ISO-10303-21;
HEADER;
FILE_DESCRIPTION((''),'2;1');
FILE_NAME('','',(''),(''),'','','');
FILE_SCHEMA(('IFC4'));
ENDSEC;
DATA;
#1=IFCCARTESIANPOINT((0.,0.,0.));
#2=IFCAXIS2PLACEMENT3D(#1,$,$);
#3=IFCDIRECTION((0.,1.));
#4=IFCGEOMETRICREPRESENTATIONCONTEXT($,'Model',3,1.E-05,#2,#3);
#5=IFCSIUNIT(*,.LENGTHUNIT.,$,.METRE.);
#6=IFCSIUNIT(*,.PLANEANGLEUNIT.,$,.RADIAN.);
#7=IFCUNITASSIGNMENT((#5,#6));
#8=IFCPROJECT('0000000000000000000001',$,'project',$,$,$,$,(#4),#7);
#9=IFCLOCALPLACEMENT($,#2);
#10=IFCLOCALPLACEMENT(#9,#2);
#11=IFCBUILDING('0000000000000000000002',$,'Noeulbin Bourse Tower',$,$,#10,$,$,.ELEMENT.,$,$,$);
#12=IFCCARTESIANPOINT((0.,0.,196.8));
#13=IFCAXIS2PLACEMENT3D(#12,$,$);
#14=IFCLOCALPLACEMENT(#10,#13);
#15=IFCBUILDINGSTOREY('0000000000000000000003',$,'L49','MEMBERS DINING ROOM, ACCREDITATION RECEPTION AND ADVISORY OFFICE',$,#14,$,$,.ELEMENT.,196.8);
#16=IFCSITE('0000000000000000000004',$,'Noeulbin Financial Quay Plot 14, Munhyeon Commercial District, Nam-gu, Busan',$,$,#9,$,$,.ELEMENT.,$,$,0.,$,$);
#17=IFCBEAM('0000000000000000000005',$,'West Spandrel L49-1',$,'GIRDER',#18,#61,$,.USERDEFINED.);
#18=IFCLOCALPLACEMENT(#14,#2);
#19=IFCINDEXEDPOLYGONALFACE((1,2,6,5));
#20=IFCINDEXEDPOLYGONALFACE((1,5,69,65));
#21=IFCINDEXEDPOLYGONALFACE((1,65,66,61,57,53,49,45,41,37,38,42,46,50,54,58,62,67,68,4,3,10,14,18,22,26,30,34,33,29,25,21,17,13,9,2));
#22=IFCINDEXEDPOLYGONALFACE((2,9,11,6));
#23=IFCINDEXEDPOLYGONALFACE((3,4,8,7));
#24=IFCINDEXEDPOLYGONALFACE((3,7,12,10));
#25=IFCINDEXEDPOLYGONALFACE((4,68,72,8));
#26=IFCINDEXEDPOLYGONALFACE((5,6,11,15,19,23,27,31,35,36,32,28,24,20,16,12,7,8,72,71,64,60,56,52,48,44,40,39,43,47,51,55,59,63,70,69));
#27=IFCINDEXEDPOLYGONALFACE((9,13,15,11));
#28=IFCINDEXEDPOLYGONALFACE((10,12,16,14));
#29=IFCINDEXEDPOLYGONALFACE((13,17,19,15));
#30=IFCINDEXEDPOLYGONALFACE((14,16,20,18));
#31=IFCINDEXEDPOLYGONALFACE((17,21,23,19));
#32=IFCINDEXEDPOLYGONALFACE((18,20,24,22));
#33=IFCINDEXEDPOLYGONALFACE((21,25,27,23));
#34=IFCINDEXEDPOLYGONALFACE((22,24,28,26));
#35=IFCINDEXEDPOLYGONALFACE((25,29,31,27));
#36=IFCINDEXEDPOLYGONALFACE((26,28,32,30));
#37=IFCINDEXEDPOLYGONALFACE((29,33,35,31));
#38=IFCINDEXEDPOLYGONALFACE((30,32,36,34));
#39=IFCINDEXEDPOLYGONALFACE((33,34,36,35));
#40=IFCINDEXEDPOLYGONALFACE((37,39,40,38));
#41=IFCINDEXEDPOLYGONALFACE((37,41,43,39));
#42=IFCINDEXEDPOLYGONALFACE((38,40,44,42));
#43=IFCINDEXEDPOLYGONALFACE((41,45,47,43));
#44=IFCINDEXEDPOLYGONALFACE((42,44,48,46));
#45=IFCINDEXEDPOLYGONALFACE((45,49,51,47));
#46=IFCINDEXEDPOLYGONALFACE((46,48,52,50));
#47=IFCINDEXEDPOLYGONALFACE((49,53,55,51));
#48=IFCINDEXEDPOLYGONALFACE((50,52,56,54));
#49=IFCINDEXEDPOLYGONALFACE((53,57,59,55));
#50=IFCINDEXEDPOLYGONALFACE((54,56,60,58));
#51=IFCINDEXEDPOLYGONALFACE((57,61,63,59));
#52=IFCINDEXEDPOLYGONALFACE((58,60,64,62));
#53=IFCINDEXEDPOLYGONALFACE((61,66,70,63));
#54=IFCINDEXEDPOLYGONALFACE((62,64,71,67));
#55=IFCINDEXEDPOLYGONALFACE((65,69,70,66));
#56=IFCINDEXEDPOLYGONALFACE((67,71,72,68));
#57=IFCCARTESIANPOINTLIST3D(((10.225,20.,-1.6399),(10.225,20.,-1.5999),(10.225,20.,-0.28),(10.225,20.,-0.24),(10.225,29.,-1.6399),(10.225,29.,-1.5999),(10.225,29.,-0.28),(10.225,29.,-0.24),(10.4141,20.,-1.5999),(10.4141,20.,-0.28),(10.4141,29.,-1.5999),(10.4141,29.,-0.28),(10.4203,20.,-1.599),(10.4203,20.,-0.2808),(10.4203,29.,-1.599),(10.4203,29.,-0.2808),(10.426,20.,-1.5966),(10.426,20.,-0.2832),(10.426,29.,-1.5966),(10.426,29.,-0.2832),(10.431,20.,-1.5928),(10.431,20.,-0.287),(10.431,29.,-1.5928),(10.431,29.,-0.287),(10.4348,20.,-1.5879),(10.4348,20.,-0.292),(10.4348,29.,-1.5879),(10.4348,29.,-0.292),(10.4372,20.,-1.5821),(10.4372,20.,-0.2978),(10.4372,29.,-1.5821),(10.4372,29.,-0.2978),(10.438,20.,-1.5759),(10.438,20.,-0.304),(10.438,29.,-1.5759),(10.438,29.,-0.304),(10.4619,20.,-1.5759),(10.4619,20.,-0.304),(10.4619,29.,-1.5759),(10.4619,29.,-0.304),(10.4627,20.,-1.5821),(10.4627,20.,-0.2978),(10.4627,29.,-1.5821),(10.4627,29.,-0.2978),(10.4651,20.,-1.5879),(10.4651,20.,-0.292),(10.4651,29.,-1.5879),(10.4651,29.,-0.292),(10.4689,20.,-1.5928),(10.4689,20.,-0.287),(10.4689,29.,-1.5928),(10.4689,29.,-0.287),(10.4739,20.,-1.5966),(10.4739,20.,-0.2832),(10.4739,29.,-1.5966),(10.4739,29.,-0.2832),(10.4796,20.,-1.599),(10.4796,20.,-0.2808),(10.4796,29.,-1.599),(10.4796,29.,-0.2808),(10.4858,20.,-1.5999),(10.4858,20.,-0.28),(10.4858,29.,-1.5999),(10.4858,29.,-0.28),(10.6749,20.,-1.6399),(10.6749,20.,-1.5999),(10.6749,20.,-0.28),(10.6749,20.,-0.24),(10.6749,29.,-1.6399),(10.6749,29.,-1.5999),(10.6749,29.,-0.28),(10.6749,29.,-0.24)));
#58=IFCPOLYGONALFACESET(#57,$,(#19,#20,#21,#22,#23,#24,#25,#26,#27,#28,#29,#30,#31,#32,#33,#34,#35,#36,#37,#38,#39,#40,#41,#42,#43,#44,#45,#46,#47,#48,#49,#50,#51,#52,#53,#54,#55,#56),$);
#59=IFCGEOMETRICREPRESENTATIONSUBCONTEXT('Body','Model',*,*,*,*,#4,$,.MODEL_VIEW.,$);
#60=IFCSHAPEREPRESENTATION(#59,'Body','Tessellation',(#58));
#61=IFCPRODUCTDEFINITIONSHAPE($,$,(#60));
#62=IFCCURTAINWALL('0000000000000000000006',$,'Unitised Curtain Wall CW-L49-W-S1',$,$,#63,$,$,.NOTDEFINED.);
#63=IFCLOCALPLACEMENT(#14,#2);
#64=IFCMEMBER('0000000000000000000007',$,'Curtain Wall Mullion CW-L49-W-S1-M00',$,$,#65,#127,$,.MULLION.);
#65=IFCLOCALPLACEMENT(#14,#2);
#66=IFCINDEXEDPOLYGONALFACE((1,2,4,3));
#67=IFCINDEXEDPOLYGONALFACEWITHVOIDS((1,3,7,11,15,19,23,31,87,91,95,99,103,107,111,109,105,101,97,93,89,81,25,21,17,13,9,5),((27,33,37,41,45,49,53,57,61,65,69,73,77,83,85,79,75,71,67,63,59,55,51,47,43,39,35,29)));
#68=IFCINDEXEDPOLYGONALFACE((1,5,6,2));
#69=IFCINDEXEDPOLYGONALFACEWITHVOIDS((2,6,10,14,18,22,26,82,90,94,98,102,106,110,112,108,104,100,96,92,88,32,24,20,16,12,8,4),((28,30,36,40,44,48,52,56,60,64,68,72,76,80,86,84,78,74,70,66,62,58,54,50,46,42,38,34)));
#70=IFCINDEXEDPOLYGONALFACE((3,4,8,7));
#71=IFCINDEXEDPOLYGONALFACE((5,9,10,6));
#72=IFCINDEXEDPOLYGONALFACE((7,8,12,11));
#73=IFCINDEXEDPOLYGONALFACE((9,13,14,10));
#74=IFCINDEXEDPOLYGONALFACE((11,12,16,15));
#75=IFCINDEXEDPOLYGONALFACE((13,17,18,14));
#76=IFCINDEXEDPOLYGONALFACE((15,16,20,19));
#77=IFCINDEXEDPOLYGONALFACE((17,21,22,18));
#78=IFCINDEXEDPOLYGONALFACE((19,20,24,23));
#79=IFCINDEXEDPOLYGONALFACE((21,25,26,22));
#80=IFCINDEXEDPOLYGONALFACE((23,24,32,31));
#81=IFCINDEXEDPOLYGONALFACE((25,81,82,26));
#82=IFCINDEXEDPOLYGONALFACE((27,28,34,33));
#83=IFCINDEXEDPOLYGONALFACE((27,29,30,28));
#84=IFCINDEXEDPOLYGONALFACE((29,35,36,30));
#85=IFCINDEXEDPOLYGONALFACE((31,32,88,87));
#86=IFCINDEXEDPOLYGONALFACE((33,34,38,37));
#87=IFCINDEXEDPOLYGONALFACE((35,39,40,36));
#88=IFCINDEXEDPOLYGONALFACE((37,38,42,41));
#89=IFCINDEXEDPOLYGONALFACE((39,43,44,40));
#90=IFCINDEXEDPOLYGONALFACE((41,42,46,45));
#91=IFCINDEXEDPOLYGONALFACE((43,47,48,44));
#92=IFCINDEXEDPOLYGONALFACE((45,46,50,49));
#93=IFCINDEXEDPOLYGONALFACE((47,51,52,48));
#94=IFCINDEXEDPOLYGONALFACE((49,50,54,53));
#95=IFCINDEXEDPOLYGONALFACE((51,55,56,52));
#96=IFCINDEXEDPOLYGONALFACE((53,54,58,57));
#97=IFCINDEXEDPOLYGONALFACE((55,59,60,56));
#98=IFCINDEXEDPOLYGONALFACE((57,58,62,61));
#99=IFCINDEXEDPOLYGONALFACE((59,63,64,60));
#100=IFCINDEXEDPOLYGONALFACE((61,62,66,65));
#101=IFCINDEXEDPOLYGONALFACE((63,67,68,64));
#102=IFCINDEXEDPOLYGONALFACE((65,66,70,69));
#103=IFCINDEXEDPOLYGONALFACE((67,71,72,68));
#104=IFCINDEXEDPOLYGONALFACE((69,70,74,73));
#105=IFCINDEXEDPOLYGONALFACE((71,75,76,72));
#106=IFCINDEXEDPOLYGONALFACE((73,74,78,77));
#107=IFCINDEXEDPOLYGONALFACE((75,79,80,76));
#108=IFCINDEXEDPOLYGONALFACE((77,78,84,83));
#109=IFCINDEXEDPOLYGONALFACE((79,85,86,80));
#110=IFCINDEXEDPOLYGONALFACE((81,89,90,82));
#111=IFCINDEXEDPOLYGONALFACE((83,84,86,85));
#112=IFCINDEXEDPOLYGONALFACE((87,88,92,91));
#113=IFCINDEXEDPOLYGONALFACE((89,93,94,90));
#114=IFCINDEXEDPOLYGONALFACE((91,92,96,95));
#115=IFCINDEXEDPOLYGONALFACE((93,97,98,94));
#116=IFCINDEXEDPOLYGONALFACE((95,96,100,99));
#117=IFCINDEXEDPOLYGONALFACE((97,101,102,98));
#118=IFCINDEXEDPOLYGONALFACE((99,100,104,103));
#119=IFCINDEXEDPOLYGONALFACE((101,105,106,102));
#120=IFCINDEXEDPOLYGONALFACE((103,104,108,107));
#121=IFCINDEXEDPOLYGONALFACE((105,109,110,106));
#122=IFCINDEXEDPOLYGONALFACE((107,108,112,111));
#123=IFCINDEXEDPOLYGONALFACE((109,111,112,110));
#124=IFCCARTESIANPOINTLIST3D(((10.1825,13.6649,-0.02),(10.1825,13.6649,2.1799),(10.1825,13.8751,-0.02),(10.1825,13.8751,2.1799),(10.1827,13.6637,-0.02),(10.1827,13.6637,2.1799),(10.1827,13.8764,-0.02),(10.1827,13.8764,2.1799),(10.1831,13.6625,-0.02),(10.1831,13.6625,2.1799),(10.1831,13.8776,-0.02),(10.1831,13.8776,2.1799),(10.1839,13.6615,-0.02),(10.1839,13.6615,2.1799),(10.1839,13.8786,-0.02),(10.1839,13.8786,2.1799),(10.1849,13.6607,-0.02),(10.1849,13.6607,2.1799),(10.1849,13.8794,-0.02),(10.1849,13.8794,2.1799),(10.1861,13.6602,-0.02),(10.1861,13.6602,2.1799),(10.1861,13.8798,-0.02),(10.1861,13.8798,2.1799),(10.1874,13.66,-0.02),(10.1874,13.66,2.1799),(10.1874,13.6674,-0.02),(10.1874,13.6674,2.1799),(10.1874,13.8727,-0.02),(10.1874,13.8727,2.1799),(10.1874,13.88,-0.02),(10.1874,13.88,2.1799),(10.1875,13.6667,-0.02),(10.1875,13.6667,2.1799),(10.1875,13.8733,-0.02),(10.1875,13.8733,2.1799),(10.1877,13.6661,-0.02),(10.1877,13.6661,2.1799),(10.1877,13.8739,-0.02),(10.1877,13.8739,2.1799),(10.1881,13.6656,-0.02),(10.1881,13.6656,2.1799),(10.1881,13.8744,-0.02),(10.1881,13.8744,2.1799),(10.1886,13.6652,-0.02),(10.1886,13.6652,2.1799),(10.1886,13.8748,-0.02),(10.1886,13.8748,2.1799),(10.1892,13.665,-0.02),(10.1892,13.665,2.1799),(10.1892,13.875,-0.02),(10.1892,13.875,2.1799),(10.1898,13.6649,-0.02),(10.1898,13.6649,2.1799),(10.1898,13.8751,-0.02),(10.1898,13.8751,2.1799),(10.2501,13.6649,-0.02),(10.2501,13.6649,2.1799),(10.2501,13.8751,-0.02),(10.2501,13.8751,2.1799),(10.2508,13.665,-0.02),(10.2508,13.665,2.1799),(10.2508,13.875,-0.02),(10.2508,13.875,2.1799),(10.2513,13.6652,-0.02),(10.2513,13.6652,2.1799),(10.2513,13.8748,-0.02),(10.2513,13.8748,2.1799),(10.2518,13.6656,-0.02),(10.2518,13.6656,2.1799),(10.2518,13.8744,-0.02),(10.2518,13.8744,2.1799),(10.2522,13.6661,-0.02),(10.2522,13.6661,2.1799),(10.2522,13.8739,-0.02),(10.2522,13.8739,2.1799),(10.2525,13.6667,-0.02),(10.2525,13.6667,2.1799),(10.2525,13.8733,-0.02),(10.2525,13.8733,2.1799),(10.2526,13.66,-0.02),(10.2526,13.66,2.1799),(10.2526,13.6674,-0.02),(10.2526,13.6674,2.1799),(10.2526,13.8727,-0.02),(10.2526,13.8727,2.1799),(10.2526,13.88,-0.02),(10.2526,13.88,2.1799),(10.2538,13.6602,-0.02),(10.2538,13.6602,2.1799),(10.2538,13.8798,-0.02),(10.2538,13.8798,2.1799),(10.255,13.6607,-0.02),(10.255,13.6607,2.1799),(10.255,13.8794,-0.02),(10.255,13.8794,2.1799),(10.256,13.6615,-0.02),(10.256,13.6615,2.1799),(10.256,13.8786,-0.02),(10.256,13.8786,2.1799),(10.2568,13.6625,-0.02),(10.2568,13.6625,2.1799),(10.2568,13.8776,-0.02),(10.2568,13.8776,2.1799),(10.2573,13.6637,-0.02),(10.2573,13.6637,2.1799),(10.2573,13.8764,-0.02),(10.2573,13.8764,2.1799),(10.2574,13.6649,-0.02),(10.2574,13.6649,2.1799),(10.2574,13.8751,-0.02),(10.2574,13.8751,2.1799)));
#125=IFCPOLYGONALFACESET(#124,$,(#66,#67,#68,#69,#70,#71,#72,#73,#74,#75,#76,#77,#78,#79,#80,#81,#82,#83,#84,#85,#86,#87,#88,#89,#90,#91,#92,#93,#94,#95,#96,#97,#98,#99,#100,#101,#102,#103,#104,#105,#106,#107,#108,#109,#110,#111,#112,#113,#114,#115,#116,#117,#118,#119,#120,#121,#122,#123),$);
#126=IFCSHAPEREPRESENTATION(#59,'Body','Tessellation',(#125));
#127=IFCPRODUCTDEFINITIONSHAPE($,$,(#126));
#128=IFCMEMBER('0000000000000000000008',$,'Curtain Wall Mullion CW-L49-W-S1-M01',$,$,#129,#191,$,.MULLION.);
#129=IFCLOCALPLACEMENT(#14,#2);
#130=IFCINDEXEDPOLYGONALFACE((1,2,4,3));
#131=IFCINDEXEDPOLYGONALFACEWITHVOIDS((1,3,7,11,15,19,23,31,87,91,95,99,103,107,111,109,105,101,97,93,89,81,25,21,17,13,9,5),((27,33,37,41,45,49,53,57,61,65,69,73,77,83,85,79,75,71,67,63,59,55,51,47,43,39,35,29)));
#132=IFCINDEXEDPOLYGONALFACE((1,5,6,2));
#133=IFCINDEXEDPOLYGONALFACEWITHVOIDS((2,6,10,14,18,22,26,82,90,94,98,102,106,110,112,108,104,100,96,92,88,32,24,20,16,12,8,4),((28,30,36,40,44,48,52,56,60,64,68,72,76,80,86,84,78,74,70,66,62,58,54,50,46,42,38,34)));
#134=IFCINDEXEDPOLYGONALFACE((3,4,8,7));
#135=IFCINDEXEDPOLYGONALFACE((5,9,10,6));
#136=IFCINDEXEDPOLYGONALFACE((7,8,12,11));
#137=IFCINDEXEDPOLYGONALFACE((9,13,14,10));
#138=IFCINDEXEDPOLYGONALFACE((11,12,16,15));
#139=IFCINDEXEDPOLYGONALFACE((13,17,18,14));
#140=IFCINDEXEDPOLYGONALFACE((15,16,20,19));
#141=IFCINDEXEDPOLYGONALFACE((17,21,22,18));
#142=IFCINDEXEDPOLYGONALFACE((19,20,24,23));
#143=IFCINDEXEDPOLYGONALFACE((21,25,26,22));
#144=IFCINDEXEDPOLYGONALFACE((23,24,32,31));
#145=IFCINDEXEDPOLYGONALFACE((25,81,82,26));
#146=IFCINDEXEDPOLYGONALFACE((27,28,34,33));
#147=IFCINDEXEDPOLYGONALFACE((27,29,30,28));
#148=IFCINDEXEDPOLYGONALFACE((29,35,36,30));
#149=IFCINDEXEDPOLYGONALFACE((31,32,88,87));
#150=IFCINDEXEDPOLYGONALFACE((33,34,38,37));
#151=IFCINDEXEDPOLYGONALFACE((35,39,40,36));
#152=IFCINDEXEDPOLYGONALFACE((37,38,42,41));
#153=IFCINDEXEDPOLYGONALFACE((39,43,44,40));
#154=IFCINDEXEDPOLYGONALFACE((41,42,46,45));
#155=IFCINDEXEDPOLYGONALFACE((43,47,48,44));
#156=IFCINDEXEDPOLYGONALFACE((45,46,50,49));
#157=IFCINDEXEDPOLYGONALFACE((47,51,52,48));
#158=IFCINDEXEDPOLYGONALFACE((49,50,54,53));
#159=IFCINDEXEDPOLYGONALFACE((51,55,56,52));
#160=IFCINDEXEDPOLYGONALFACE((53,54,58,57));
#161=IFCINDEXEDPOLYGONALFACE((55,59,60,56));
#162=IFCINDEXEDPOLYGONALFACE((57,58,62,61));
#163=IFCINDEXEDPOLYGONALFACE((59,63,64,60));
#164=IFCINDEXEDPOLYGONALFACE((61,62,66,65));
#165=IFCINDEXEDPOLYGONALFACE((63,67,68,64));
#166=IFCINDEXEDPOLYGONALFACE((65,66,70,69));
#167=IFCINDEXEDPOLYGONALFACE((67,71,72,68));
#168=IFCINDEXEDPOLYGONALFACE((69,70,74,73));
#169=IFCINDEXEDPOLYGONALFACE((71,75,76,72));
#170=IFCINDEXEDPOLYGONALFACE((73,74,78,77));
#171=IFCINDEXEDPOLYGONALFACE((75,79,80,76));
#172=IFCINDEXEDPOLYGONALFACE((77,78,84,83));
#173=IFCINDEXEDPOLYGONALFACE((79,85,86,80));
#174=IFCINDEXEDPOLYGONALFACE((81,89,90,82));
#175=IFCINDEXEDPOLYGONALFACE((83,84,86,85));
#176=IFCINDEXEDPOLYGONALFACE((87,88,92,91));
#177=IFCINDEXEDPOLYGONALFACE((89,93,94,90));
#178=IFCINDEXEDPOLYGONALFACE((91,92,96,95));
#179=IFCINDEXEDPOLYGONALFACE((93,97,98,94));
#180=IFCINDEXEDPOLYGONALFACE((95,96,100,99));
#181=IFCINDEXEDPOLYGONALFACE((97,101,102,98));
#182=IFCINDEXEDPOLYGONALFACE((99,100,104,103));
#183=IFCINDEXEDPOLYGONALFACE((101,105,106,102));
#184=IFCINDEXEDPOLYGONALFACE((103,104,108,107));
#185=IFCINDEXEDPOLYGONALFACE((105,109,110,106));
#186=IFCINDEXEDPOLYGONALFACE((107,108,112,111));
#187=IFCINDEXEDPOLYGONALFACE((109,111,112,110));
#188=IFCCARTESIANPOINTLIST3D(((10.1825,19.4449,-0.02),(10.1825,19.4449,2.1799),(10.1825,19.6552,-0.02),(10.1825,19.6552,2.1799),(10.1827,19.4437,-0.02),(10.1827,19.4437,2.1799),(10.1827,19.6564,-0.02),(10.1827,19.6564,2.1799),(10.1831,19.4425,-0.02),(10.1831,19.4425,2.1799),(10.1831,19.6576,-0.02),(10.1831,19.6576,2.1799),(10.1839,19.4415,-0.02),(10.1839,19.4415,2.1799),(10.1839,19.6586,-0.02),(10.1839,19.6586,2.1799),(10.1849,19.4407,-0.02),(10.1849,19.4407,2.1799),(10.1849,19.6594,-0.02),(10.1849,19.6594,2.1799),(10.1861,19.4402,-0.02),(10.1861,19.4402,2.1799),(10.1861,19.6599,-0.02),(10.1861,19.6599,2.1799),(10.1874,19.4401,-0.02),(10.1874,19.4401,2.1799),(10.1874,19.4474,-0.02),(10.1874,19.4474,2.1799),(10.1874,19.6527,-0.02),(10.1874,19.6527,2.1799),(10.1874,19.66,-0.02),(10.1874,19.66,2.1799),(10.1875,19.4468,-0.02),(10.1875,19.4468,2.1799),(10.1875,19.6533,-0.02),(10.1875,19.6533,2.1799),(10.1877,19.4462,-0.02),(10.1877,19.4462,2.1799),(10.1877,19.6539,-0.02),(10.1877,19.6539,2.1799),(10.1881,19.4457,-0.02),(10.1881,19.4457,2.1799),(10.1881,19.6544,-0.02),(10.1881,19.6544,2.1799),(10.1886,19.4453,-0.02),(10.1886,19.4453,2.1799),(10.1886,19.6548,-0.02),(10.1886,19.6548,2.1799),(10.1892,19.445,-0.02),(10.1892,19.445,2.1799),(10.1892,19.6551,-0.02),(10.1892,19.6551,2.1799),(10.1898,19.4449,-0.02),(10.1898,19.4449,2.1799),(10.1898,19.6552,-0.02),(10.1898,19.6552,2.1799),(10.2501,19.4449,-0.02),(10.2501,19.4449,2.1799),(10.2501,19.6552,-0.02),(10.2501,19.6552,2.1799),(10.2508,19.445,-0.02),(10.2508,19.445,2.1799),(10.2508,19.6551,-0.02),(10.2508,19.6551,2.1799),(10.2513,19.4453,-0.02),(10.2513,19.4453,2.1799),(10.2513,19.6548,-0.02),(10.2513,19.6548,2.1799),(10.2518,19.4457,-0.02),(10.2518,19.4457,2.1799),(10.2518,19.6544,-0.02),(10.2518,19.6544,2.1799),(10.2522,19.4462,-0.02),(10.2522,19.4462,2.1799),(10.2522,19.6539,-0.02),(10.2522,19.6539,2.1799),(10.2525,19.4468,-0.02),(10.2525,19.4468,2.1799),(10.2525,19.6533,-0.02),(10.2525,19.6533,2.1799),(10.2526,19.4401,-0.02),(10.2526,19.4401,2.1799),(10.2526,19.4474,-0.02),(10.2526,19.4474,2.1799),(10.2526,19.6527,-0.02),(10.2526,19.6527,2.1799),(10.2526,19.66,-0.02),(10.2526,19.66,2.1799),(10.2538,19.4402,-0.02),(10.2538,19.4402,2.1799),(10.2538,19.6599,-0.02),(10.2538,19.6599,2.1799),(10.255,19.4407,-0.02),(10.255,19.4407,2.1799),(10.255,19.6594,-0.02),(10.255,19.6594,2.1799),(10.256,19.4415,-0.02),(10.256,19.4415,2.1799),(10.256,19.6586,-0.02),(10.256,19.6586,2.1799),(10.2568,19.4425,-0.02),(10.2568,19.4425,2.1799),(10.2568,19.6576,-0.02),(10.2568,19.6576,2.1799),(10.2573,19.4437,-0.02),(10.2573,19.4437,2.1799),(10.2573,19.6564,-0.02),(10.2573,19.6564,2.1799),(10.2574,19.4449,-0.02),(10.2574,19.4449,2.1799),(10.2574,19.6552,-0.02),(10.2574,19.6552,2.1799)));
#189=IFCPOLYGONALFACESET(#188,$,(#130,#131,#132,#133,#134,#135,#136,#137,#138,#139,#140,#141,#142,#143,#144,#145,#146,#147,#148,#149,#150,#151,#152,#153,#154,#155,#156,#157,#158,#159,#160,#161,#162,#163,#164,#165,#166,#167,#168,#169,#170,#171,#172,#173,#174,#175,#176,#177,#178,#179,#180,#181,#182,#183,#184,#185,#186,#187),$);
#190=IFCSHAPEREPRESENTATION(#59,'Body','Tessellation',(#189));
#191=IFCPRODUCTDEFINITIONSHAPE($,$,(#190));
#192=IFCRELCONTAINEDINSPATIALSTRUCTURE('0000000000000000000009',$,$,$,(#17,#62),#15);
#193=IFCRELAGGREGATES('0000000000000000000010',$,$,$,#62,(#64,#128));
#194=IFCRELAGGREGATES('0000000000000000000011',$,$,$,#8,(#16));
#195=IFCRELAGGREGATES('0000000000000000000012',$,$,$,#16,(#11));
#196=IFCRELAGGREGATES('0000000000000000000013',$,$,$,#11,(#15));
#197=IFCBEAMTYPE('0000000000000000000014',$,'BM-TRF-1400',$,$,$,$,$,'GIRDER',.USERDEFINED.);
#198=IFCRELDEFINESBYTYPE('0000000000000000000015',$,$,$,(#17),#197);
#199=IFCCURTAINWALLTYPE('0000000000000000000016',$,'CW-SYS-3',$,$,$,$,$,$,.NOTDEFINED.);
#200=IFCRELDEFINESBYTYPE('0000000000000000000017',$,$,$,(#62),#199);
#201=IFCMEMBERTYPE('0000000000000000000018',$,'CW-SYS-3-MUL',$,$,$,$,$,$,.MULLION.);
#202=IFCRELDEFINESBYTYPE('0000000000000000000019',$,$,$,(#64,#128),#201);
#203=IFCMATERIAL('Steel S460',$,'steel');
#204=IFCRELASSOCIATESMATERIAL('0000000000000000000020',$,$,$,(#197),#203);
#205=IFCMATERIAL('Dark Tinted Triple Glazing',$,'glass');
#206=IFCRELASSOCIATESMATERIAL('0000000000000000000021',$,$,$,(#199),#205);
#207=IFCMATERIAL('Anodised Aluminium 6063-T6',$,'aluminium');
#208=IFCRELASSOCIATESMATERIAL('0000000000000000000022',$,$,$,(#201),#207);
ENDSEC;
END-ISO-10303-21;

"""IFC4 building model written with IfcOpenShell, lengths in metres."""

from ifc_helpers import new_model, si_unit, direction, frame, origin, origin_2d, place, context, subcontext, project, spatial, hollow_rectangle, i_section, extrude, material, material_profile, profile_set, type_object, element, aggregate, save


model = new_model("IFC4")

# Units and contexts
model_context = context("Model", 3, precision=1e-05, world=origin(), true_north=direction((0.0, 1.0)))
body_context = subcontext(model_context, "Body", "Model", "MODEL_VIEW")
ifc_project = project(units=[si_unit("LENGTHUNIT", "METRE"), si_unit("PLANEANGLEUNIT", "RADIAN")], contexts=[model_context])

# Site, building, storey
site_placement = place(None, origin())
site = spatial("IfcSite", under=ifc_project, at=site_placement, Name="Noeulbin Financial Quay Plot 14, Munhyeon Commercial District, Nam-gu, Busan", CompositionType="ELEMENT", RefElevation=0.0)
building_placement = place(site_placement, origin())
building = spatial("IfcBuilding", under=site, at=building_placement, Name="Noeulbin Bourse Tower", CompositionType="ELEMENT")
storey_placement = place(building_placement, frame((0.0, 0.0, 196.8)))
storey = spatial("IfcBuildingStorey", under=building, at=storey_placement, Name="L49", Description="MEMBERS DINING ROOM, ACCREDITATION RECEPTION AND ADVISORY OFFICE", CompositionType="ELEMENT", Elevation=196.8)

# Shared definitions
ifc_material_1 = material(Name="Steel S460", Category="steel")

# Beam
ifc_material_profile_1 = material_profile(ifc_material_1, i_section(OverallWidth=0.45, OverallDepth=1.3999, WebThickness=0.0239, FlangeThickness=0.04, FilletRadius=0.0239, at=origin_2d()), Name="PG-1400x450x24x40", Category="LoadBearing")
ifc_profile_set_1 = profile_set([ifc_material_profile_1], Name="Steel S460")
beam_type_1 = type_object("IfcBeamType", Name="BM-TRF-1400", ElementType="GIRDER", PredefinedType="USERDEFINED", material=ifc_profile_set_1)
for number, where, z_axis, x_axis, name in (
    (1, (10.45, 20.0, -0.9399), (0.0, 1.0, 0.0), (-1.0, 0.0, 0.0), "West Spandrel L49-1"),
):
    element("IfcBeam", number, at=place(storey_placement, frame(where, z_axis=z_axis, x_axis=x_axis)), inside=storey, type_object=beam_type_1, Name=name, ObjectType="GIRDER", PredefinedType="USERDEFINED", context=body_context, shape_type="SweptSolid", body=[
        extrude(i_section(OverallWidth=0.45, OverallDepth=1.3999, WebThickness=0.0239, FlangeThickness=0.04, FilletRadius=0.0239, at=origin_2d()), origin(), (0.0, 0.0, 1.0), 9.0),
    ])

# Curtain wall, members
ifc_material_2 = material(Name="Dark Tinted Triple Glazing", Category="glass")
curtain_wall_type = type_object("IfcCurtainWallType", Name="CW-SYS-3", PredefinedType="NOTDEFINED", material=ifc_material_2)
curtain_wall_placement = place(storey_placement, origin())
curtain_wall = element("IfcCurtainWall", 2, at=curtain_wall_placement, inside=storey, type_object=curtain_wall_type, Name="Unitised Curtain Wall CW-L49-W-S1", PredefinedType="NOTDEFINED")
ifc_material_3 = material(Name="Anodised Aluminium 6063-T6", Category="aluminium")
ifc_material_profile_2 = material_profile(ifc_material_3, hollow_rectangle(XDim=0.075, YDim=0.22, WallThickness=0.0049, InnerFilletRadius=0.0024, OuterFilletRadius=0.0049, at=origin_2d()), Name="ALU-MULL-75x220x5", Category="LoadBearing")
ifc_profile_set_2 = profile_set([ifc_material_profile_2], Name="Anodised Aluminium 6063-T6")
member_type_1 = type_object("IfcMemberType", Name="CW-SYS-3-MUL", PredefinedType="MULLION", material=ifc_profile_set_2)
member_1_placement = place(storey_placement, frame((10.22, 13.77, -0.02), z_axis=(0.0, 0.0, 1.0), x_axis=(1.0, 0.0, 0.0)))
member_1 = element("IfcMember", 3, at=member_1_placement, type_object=member_type_1, Name="Curtain Wall Mullion CW-L49-W-S1-M00", PredefinedType="MULLION", context=body_context, shape_type="SweptSolid", body=[
    extrude(hollow_rectangle(XDim=0.075, YDim=0.22, WallThickness=0.0049, InnerFilletRadius=0.0024, OuterFilletRadius=0.0049, at=origin_2d()), origin(), (0.0, 0.0, 1.0), 2.2),
])
member_2_placement = place(storey_placement, frame((10.22, 19.55, -0.02), z_axis=(0.0, 0.0, 1.0), x_axis=(1.0, 0.0, 0.0)))
member_2 = element("IfcMember", 4, at=member_2_placement, type_object=member_type_1, Name="Curtain Wall Mullion CW-L49-W-S1-M01", PredefinedType="MULLION", context=body_context, shape_type="SweptSolid", body=[
    extrude(hollow_rectangle(XDim=0.075, YDim=0.22, WallThickness=0.0049, InnerFilletRadius=0.0024, OuterFilletRadius=0.0049, at=origin_2d()), origin(), (0.0, 0.0, 1.0), 2.2),
])
aggregate(curtain_wall, [member_1, member_2])

save(model, "model.ifc")
